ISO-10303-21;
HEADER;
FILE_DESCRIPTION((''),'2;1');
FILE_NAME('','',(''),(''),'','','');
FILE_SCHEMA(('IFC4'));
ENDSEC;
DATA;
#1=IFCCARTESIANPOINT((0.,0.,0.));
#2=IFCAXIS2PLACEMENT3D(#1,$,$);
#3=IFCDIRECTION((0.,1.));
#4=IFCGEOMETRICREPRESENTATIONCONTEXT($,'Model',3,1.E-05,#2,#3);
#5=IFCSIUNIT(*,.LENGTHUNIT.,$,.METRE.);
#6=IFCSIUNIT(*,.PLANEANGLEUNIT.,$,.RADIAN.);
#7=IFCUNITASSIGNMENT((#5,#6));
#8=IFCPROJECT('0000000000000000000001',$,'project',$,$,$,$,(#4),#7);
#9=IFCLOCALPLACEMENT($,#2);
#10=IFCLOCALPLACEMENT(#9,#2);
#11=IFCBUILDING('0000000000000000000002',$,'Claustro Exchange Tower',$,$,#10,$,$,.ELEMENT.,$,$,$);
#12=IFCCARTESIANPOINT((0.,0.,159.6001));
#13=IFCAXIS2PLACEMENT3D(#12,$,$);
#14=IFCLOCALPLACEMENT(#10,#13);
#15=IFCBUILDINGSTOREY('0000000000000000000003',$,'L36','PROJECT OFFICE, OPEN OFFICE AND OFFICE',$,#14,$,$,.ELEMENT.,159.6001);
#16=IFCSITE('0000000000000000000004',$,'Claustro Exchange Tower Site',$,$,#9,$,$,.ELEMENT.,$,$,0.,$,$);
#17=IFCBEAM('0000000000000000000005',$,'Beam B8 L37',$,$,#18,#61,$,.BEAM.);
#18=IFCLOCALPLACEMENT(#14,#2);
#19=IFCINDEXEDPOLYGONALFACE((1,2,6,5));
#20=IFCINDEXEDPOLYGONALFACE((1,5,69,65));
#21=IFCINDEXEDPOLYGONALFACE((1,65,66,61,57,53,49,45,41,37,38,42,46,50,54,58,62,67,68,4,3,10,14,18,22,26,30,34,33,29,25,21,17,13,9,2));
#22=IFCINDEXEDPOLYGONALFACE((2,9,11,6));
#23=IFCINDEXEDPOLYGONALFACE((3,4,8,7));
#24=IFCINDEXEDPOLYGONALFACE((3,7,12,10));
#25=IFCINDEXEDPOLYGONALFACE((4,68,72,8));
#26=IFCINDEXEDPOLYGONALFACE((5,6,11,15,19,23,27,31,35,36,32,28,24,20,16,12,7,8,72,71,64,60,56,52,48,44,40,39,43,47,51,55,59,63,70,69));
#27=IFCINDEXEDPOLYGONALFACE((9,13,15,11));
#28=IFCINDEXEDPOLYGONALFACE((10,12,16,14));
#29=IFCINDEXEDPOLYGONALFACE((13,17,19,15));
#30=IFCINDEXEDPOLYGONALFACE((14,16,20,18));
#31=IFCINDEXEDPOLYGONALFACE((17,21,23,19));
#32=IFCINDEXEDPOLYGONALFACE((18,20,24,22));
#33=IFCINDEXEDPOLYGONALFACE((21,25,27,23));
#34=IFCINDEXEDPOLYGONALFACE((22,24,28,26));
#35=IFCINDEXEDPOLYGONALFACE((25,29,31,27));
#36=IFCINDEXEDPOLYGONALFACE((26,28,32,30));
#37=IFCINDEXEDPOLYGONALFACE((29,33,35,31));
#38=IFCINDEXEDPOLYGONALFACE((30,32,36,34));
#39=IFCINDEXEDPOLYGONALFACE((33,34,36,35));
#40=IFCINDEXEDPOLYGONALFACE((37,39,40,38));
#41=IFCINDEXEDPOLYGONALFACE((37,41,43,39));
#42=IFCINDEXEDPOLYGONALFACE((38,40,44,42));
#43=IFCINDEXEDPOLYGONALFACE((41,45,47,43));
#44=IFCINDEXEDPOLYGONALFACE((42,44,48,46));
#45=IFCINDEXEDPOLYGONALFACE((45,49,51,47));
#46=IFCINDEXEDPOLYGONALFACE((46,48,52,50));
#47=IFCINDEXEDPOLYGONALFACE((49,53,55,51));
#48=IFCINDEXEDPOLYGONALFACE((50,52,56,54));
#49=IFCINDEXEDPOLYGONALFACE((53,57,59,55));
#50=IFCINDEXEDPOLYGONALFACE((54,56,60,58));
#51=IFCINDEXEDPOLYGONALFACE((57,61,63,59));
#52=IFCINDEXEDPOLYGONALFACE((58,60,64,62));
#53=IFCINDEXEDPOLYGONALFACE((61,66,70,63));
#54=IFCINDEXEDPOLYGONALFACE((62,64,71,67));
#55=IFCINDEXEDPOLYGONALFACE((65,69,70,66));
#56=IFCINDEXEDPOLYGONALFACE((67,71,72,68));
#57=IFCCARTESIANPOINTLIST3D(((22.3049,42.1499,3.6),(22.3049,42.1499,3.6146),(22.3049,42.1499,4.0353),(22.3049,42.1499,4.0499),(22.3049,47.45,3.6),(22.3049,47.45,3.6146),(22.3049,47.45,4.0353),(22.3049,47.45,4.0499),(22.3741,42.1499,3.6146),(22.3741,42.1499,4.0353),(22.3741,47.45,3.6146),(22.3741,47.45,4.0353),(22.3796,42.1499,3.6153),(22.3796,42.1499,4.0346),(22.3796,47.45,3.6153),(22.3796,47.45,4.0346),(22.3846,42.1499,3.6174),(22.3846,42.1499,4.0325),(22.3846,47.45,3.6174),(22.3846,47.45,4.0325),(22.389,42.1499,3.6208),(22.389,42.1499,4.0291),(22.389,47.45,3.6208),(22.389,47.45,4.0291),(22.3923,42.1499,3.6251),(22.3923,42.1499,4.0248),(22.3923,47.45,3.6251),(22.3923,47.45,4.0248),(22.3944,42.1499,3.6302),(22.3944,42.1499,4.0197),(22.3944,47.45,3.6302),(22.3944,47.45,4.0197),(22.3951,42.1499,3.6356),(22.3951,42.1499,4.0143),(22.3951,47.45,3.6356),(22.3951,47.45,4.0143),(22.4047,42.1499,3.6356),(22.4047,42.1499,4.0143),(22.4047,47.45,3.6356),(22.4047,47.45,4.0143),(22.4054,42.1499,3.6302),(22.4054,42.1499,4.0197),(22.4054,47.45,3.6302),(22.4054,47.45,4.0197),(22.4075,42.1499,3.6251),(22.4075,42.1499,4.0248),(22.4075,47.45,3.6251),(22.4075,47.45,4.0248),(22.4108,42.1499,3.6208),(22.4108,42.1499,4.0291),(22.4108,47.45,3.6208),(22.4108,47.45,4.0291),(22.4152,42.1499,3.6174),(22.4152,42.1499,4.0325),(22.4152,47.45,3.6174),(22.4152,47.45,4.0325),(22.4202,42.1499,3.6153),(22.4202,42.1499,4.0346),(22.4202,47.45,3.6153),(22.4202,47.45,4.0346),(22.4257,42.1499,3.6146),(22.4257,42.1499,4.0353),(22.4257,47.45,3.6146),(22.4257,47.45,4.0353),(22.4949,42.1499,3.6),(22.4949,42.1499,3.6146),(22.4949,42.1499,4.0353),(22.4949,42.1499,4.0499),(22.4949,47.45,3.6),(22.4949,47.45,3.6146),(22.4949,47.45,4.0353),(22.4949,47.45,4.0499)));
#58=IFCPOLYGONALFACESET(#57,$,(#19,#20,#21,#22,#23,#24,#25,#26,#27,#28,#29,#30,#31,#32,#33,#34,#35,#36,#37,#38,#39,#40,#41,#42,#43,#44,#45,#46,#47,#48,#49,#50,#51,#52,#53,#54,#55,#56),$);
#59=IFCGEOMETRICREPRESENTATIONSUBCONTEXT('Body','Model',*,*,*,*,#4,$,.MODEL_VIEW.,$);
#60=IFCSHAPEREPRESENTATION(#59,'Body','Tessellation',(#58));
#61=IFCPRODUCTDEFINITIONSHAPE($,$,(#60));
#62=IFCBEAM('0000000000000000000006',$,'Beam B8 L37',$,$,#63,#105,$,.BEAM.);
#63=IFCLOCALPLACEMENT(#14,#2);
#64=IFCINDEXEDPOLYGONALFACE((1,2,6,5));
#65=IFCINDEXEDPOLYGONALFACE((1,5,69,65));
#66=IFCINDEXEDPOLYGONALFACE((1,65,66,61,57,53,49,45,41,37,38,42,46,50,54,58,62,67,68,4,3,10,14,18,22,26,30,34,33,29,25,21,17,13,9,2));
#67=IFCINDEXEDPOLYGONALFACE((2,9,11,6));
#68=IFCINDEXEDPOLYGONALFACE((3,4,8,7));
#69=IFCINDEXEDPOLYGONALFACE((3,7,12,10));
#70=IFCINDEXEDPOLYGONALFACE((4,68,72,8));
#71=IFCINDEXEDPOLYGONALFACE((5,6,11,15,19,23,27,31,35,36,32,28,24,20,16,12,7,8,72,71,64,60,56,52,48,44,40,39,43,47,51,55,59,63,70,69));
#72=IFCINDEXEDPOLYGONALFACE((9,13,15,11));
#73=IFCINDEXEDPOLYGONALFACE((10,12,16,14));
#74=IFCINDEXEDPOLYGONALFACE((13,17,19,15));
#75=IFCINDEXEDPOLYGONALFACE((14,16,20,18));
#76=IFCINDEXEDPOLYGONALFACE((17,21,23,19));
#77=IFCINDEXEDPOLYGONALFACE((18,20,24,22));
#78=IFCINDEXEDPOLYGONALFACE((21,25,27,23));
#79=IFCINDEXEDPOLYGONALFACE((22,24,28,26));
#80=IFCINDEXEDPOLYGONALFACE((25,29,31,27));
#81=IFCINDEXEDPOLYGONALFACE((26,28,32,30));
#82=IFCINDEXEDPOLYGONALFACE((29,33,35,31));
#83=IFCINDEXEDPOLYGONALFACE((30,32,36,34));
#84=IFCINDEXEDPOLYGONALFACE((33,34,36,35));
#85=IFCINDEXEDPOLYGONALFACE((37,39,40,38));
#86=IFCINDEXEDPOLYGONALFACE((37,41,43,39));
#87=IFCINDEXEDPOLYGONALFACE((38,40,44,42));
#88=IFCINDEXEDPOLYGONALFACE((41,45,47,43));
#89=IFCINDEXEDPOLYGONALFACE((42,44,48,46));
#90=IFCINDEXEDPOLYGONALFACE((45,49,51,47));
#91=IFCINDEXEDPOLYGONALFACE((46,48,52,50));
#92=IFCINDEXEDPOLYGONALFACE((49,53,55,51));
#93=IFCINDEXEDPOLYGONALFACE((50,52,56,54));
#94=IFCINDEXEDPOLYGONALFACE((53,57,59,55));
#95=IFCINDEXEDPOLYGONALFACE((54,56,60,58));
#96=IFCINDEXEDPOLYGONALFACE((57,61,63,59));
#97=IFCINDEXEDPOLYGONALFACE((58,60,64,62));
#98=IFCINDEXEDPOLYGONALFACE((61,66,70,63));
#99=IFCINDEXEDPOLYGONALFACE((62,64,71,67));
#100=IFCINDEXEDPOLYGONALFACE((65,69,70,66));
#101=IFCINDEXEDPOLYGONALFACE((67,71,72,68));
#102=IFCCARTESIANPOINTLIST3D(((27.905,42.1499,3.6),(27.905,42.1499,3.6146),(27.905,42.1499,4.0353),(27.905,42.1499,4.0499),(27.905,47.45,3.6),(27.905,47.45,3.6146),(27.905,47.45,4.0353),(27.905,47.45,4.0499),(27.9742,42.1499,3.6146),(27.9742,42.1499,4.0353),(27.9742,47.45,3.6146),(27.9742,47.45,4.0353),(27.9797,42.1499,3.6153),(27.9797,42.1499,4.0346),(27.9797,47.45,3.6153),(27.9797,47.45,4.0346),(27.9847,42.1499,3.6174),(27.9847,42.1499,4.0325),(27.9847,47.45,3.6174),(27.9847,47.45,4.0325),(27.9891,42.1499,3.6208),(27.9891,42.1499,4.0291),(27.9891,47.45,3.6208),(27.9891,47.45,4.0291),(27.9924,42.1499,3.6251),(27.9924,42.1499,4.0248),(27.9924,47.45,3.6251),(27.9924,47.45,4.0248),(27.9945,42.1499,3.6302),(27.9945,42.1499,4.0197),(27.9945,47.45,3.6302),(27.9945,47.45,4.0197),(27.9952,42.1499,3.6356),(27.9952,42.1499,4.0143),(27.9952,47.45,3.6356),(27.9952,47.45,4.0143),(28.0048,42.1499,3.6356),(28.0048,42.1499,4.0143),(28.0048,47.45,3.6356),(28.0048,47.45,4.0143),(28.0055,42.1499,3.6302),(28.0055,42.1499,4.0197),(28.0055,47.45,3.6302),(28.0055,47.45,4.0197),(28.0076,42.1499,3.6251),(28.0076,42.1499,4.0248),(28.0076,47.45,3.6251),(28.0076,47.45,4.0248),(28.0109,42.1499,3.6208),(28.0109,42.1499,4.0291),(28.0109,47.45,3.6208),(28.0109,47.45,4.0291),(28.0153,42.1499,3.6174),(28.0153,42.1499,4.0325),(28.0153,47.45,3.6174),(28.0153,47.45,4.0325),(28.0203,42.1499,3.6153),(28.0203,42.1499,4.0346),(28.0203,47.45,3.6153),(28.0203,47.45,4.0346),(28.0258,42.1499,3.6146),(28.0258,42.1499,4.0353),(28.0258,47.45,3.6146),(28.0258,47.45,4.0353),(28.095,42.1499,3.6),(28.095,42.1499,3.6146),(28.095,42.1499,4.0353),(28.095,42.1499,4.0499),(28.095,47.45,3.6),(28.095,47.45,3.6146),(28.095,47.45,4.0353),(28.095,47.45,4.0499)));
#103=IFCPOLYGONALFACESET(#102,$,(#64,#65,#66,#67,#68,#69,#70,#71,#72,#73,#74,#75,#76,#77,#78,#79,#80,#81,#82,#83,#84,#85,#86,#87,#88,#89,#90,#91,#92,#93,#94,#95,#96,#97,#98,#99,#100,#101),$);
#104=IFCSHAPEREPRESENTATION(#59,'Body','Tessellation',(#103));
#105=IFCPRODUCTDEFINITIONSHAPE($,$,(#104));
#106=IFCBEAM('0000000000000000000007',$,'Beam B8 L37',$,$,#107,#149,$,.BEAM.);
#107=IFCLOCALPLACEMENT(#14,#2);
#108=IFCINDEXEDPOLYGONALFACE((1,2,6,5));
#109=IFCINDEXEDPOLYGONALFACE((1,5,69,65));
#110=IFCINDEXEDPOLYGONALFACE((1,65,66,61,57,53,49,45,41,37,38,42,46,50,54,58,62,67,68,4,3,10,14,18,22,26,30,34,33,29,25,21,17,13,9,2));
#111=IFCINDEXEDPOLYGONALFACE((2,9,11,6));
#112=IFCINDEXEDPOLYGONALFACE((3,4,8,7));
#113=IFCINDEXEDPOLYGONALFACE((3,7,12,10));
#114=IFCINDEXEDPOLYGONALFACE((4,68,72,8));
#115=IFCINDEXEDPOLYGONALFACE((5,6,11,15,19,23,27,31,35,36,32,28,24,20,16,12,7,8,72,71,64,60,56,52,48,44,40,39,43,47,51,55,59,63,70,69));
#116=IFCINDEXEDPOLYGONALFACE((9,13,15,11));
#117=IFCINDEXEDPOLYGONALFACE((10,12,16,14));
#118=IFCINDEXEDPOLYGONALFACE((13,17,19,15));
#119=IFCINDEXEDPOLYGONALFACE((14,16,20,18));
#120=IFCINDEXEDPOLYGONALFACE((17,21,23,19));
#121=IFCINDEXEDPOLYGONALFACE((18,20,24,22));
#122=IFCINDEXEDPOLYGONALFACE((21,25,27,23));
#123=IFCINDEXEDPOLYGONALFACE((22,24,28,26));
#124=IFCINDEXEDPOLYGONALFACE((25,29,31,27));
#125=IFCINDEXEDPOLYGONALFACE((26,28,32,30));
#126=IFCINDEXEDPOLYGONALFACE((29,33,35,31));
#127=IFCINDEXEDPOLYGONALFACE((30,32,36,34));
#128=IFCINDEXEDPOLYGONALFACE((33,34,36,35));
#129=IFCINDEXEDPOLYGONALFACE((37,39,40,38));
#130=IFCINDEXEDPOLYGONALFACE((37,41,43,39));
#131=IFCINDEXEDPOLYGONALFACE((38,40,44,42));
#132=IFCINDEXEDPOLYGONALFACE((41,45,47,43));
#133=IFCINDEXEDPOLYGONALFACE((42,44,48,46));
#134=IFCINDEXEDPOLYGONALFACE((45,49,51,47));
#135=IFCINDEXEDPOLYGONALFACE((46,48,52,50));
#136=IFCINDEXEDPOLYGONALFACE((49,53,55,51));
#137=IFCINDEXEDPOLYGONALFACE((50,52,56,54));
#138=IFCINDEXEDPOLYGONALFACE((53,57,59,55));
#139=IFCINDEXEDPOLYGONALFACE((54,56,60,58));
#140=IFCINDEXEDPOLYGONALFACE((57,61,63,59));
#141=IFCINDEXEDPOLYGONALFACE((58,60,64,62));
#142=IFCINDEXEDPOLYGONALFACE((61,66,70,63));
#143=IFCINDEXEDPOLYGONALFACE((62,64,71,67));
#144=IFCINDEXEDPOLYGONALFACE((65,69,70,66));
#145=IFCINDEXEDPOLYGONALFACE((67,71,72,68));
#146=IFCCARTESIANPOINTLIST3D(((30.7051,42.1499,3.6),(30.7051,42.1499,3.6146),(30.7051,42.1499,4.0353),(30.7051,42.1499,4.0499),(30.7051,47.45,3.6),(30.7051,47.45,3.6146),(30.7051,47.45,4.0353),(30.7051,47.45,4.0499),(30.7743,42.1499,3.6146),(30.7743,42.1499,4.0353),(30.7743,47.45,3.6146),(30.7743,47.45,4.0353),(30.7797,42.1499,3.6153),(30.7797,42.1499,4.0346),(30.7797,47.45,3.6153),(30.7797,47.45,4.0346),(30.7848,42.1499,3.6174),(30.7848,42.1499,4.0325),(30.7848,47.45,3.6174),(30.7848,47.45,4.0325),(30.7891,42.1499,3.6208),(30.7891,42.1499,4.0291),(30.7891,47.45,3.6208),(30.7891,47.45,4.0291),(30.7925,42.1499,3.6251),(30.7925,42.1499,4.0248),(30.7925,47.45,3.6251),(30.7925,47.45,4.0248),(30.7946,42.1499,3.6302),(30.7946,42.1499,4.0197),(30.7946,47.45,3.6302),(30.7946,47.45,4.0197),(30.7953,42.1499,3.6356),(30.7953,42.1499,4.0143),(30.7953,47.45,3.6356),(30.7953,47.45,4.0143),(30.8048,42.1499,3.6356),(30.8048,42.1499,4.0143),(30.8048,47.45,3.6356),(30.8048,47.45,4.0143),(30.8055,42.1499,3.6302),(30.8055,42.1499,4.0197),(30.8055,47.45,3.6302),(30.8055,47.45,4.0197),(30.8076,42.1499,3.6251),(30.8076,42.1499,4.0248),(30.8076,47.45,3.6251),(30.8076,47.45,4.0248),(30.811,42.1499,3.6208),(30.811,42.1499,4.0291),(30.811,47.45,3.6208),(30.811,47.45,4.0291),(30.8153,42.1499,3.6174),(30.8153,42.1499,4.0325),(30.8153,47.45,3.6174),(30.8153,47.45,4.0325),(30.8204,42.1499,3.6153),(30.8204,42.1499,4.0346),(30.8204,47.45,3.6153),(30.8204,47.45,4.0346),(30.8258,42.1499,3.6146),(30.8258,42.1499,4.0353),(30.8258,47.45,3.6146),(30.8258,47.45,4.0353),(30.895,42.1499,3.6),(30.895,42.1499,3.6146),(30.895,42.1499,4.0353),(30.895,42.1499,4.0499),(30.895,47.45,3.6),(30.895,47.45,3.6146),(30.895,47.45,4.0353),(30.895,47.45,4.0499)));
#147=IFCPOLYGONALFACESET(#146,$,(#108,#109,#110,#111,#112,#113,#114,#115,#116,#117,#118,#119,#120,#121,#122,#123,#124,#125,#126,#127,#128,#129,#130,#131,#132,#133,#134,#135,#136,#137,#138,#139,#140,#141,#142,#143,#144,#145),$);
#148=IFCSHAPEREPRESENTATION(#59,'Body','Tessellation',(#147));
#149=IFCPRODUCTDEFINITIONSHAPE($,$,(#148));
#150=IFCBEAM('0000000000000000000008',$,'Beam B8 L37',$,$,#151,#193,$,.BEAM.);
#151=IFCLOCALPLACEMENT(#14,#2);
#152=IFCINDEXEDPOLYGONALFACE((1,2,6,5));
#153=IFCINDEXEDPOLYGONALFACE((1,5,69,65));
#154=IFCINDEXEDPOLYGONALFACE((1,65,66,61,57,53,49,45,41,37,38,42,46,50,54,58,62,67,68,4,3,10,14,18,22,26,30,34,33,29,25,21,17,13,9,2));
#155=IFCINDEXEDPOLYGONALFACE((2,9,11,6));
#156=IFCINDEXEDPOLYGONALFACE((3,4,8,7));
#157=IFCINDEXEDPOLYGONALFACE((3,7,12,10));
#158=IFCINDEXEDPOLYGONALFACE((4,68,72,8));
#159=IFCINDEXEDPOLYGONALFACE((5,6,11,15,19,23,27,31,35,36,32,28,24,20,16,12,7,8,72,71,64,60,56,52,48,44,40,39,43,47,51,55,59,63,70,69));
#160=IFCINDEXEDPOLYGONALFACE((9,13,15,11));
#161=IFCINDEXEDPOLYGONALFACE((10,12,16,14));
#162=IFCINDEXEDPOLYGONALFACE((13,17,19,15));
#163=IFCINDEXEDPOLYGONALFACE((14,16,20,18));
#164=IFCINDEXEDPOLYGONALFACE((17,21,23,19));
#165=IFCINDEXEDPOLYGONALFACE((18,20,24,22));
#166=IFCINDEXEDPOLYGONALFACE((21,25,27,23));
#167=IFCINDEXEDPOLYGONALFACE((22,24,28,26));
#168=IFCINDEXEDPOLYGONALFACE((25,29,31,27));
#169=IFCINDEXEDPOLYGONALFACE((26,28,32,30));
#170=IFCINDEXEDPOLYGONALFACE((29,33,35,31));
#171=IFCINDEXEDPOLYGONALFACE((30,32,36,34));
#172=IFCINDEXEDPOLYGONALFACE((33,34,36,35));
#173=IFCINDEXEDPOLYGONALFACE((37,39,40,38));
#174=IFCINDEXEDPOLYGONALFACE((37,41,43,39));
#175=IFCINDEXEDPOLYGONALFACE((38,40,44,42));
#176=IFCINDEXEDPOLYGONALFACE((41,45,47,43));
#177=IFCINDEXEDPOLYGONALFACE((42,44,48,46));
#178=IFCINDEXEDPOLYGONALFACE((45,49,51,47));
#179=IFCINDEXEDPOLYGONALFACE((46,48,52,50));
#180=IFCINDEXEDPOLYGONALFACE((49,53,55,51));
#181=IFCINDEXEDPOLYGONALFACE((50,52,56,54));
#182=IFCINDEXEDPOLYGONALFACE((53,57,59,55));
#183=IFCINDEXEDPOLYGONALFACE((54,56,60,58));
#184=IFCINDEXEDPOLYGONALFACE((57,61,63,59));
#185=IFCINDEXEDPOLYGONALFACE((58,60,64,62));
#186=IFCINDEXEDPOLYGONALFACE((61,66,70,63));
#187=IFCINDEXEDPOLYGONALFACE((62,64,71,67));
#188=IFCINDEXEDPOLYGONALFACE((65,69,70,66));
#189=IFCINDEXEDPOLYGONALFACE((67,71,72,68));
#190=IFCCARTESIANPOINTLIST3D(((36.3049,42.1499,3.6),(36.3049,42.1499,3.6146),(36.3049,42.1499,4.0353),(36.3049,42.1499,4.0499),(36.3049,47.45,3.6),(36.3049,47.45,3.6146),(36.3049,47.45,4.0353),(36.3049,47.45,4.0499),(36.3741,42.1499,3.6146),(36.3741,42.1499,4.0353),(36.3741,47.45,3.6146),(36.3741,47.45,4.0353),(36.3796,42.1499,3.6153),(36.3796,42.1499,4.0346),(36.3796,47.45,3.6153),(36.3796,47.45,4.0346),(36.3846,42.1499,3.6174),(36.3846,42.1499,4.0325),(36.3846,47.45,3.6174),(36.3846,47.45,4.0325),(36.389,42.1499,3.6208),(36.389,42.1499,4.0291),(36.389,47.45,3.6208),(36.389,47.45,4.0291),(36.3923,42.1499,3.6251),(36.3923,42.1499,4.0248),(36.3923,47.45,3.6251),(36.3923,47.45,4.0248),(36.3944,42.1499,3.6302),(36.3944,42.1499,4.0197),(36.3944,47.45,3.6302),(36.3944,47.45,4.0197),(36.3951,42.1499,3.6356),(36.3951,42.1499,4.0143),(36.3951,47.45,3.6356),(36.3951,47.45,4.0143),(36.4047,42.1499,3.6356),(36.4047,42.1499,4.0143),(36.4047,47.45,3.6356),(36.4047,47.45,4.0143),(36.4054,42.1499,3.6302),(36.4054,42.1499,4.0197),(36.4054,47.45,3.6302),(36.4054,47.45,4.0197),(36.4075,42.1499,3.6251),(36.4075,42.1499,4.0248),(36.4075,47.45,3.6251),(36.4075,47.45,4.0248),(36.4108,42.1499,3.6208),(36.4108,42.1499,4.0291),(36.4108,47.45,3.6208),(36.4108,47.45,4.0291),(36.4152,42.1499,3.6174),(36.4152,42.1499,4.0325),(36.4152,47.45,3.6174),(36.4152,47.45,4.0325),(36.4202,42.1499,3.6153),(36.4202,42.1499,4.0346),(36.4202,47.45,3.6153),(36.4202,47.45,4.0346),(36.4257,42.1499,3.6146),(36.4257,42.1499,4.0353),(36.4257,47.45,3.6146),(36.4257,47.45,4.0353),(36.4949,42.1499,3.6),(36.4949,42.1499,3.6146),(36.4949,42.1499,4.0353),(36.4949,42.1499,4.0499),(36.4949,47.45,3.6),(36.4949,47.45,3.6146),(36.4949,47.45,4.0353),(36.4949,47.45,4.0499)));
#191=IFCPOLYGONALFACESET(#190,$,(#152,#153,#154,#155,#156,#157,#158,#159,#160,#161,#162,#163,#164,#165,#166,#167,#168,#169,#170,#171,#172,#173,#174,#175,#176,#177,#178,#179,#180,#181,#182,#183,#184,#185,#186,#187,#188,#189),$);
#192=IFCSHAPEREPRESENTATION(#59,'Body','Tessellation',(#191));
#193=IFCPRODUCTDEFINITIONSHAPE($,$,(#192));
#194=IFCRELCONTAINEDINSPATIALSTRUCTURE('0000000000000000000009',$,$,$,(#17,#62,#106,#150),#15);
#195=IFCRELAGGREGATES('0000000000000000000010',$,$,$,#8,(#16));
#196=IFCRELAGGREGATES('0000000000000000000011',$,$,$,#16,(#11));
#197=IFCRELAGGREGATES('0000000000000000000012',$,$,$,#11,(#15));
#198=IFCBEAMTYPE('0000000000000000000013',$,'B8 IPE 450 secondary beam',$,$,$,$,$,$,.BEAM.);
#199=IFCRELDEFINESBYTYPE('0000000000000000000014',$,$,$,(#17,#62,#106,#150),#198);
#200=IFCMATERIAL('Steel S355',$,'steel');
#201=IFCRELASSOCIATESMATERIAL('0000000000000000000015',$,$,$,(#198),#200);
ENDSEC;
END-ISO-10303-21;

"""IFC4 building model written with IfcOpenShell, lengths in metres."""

from ifc_helpers import new_model, si_unit, direction, frame, origin, origin_2d, place, context, subcontext, project, spatial, i_section, extrude, material, material_profile, profile_set, type_object, element, save


model = new_model("IFC4")

# Units and contexts
model_context = context("Model", 3, precision=1e-05, world=origin(), true_north=direction((0.0, 1.0)))
body_context = subcontext(model_context, "Body", "Model", "MODEL_VIEW")
ifc_project = project(units=[si_unit("LENGTHUNIT", "METRE"), si_unit("PLANEANGLEUNIT", "RADIAN")], contexts=[model_context])

# Site, building, storey
site_placement = place(None, origin())
site = spatial("IfcSite", under=ifc_project, at=site_placement, Name="Claustro Exchange Tower Site", CompositionType="ELEMENT", RefElevation=0.0)
building_placement = place(site_placement, origin())
building = spatial("IfcBuilding", under=site, at=building_placement, Name="Claustro Exchange Tower", CompositionType="ELEMENT")
storey_placement = place(building_placement, frame((0.0, 0.0, 159.6001)))
storey = spatial("IfcBuildingStorey", under=building, at=storey_placement, Name="L36", Description="PROJECT OFFICE, OPEN OFFICE AND OFFICE", CompositionType="ELEMENT", Elevation=159.6001)

# Beams
ifc_material_1 = material(Name="Steel S355", Category="steel")
ifc_material_profile_1 = material_profile(ifc_material_1, i_section(OverallWidth=0.1899, OverallDepth=0.45, WebThickness=0.0095, FlangeThickness=0.0146, FilletRadius=0.021, at=origin_2d()), Name="IPE 450")
ifc_profile_set_1 = profile_set([ifc_material_profile_1], Name="Steel S355")
beam_type_1 = type_object("IfcBeamType", Name="B8 IPE 450 secondary beam", PredefinedType="BEAM", material=ifc_profile_set_1)
for number, where, z_axis, x_axis, name in (
    (1, (22.3999, 42.1499, 3.825), (0.0, 1.0, 0.0), (-1.0, 0.0, 0.0), "Beam B8 L37"),
    (2, (28.0, 42.1499, 3.825), (0.0, 1.0, 0.0), (-1.0, 0.0, 0.0), "Beam B8 L37"),
    (3, (30.8, 42.1499, 3.825), (0.0, 1.0, 0.0), (-1.0, 0.0, 0.0), "Beam B8 L37"),
    (4, (36.3999, 42.1499, 3.825), (0.0, 1.0, 0.0), (-1.0, 0.0, 0.0), "Beam B8 L37"),
):
    element("IfcBeam", number, at=place(storey_placement, frame(where, z_axis=z_axis, x_axis=x_axis)), inside=storey, type_object=beam_type_1, Name=name, PredefinedType="BEAM", context=body_context, shape_type="SweptSolid", body=[
        extrude(i_section(OverallWidth=0.1899, OverallDepth=0.45, WebThickness=0.0095, FlangeThickness=0.0146, FilletRadius=0.021, at=origin_2d()), origin(), (0.0, 0.0, 1.0), 5.3),
    ])

save(model, "model.ifc")
